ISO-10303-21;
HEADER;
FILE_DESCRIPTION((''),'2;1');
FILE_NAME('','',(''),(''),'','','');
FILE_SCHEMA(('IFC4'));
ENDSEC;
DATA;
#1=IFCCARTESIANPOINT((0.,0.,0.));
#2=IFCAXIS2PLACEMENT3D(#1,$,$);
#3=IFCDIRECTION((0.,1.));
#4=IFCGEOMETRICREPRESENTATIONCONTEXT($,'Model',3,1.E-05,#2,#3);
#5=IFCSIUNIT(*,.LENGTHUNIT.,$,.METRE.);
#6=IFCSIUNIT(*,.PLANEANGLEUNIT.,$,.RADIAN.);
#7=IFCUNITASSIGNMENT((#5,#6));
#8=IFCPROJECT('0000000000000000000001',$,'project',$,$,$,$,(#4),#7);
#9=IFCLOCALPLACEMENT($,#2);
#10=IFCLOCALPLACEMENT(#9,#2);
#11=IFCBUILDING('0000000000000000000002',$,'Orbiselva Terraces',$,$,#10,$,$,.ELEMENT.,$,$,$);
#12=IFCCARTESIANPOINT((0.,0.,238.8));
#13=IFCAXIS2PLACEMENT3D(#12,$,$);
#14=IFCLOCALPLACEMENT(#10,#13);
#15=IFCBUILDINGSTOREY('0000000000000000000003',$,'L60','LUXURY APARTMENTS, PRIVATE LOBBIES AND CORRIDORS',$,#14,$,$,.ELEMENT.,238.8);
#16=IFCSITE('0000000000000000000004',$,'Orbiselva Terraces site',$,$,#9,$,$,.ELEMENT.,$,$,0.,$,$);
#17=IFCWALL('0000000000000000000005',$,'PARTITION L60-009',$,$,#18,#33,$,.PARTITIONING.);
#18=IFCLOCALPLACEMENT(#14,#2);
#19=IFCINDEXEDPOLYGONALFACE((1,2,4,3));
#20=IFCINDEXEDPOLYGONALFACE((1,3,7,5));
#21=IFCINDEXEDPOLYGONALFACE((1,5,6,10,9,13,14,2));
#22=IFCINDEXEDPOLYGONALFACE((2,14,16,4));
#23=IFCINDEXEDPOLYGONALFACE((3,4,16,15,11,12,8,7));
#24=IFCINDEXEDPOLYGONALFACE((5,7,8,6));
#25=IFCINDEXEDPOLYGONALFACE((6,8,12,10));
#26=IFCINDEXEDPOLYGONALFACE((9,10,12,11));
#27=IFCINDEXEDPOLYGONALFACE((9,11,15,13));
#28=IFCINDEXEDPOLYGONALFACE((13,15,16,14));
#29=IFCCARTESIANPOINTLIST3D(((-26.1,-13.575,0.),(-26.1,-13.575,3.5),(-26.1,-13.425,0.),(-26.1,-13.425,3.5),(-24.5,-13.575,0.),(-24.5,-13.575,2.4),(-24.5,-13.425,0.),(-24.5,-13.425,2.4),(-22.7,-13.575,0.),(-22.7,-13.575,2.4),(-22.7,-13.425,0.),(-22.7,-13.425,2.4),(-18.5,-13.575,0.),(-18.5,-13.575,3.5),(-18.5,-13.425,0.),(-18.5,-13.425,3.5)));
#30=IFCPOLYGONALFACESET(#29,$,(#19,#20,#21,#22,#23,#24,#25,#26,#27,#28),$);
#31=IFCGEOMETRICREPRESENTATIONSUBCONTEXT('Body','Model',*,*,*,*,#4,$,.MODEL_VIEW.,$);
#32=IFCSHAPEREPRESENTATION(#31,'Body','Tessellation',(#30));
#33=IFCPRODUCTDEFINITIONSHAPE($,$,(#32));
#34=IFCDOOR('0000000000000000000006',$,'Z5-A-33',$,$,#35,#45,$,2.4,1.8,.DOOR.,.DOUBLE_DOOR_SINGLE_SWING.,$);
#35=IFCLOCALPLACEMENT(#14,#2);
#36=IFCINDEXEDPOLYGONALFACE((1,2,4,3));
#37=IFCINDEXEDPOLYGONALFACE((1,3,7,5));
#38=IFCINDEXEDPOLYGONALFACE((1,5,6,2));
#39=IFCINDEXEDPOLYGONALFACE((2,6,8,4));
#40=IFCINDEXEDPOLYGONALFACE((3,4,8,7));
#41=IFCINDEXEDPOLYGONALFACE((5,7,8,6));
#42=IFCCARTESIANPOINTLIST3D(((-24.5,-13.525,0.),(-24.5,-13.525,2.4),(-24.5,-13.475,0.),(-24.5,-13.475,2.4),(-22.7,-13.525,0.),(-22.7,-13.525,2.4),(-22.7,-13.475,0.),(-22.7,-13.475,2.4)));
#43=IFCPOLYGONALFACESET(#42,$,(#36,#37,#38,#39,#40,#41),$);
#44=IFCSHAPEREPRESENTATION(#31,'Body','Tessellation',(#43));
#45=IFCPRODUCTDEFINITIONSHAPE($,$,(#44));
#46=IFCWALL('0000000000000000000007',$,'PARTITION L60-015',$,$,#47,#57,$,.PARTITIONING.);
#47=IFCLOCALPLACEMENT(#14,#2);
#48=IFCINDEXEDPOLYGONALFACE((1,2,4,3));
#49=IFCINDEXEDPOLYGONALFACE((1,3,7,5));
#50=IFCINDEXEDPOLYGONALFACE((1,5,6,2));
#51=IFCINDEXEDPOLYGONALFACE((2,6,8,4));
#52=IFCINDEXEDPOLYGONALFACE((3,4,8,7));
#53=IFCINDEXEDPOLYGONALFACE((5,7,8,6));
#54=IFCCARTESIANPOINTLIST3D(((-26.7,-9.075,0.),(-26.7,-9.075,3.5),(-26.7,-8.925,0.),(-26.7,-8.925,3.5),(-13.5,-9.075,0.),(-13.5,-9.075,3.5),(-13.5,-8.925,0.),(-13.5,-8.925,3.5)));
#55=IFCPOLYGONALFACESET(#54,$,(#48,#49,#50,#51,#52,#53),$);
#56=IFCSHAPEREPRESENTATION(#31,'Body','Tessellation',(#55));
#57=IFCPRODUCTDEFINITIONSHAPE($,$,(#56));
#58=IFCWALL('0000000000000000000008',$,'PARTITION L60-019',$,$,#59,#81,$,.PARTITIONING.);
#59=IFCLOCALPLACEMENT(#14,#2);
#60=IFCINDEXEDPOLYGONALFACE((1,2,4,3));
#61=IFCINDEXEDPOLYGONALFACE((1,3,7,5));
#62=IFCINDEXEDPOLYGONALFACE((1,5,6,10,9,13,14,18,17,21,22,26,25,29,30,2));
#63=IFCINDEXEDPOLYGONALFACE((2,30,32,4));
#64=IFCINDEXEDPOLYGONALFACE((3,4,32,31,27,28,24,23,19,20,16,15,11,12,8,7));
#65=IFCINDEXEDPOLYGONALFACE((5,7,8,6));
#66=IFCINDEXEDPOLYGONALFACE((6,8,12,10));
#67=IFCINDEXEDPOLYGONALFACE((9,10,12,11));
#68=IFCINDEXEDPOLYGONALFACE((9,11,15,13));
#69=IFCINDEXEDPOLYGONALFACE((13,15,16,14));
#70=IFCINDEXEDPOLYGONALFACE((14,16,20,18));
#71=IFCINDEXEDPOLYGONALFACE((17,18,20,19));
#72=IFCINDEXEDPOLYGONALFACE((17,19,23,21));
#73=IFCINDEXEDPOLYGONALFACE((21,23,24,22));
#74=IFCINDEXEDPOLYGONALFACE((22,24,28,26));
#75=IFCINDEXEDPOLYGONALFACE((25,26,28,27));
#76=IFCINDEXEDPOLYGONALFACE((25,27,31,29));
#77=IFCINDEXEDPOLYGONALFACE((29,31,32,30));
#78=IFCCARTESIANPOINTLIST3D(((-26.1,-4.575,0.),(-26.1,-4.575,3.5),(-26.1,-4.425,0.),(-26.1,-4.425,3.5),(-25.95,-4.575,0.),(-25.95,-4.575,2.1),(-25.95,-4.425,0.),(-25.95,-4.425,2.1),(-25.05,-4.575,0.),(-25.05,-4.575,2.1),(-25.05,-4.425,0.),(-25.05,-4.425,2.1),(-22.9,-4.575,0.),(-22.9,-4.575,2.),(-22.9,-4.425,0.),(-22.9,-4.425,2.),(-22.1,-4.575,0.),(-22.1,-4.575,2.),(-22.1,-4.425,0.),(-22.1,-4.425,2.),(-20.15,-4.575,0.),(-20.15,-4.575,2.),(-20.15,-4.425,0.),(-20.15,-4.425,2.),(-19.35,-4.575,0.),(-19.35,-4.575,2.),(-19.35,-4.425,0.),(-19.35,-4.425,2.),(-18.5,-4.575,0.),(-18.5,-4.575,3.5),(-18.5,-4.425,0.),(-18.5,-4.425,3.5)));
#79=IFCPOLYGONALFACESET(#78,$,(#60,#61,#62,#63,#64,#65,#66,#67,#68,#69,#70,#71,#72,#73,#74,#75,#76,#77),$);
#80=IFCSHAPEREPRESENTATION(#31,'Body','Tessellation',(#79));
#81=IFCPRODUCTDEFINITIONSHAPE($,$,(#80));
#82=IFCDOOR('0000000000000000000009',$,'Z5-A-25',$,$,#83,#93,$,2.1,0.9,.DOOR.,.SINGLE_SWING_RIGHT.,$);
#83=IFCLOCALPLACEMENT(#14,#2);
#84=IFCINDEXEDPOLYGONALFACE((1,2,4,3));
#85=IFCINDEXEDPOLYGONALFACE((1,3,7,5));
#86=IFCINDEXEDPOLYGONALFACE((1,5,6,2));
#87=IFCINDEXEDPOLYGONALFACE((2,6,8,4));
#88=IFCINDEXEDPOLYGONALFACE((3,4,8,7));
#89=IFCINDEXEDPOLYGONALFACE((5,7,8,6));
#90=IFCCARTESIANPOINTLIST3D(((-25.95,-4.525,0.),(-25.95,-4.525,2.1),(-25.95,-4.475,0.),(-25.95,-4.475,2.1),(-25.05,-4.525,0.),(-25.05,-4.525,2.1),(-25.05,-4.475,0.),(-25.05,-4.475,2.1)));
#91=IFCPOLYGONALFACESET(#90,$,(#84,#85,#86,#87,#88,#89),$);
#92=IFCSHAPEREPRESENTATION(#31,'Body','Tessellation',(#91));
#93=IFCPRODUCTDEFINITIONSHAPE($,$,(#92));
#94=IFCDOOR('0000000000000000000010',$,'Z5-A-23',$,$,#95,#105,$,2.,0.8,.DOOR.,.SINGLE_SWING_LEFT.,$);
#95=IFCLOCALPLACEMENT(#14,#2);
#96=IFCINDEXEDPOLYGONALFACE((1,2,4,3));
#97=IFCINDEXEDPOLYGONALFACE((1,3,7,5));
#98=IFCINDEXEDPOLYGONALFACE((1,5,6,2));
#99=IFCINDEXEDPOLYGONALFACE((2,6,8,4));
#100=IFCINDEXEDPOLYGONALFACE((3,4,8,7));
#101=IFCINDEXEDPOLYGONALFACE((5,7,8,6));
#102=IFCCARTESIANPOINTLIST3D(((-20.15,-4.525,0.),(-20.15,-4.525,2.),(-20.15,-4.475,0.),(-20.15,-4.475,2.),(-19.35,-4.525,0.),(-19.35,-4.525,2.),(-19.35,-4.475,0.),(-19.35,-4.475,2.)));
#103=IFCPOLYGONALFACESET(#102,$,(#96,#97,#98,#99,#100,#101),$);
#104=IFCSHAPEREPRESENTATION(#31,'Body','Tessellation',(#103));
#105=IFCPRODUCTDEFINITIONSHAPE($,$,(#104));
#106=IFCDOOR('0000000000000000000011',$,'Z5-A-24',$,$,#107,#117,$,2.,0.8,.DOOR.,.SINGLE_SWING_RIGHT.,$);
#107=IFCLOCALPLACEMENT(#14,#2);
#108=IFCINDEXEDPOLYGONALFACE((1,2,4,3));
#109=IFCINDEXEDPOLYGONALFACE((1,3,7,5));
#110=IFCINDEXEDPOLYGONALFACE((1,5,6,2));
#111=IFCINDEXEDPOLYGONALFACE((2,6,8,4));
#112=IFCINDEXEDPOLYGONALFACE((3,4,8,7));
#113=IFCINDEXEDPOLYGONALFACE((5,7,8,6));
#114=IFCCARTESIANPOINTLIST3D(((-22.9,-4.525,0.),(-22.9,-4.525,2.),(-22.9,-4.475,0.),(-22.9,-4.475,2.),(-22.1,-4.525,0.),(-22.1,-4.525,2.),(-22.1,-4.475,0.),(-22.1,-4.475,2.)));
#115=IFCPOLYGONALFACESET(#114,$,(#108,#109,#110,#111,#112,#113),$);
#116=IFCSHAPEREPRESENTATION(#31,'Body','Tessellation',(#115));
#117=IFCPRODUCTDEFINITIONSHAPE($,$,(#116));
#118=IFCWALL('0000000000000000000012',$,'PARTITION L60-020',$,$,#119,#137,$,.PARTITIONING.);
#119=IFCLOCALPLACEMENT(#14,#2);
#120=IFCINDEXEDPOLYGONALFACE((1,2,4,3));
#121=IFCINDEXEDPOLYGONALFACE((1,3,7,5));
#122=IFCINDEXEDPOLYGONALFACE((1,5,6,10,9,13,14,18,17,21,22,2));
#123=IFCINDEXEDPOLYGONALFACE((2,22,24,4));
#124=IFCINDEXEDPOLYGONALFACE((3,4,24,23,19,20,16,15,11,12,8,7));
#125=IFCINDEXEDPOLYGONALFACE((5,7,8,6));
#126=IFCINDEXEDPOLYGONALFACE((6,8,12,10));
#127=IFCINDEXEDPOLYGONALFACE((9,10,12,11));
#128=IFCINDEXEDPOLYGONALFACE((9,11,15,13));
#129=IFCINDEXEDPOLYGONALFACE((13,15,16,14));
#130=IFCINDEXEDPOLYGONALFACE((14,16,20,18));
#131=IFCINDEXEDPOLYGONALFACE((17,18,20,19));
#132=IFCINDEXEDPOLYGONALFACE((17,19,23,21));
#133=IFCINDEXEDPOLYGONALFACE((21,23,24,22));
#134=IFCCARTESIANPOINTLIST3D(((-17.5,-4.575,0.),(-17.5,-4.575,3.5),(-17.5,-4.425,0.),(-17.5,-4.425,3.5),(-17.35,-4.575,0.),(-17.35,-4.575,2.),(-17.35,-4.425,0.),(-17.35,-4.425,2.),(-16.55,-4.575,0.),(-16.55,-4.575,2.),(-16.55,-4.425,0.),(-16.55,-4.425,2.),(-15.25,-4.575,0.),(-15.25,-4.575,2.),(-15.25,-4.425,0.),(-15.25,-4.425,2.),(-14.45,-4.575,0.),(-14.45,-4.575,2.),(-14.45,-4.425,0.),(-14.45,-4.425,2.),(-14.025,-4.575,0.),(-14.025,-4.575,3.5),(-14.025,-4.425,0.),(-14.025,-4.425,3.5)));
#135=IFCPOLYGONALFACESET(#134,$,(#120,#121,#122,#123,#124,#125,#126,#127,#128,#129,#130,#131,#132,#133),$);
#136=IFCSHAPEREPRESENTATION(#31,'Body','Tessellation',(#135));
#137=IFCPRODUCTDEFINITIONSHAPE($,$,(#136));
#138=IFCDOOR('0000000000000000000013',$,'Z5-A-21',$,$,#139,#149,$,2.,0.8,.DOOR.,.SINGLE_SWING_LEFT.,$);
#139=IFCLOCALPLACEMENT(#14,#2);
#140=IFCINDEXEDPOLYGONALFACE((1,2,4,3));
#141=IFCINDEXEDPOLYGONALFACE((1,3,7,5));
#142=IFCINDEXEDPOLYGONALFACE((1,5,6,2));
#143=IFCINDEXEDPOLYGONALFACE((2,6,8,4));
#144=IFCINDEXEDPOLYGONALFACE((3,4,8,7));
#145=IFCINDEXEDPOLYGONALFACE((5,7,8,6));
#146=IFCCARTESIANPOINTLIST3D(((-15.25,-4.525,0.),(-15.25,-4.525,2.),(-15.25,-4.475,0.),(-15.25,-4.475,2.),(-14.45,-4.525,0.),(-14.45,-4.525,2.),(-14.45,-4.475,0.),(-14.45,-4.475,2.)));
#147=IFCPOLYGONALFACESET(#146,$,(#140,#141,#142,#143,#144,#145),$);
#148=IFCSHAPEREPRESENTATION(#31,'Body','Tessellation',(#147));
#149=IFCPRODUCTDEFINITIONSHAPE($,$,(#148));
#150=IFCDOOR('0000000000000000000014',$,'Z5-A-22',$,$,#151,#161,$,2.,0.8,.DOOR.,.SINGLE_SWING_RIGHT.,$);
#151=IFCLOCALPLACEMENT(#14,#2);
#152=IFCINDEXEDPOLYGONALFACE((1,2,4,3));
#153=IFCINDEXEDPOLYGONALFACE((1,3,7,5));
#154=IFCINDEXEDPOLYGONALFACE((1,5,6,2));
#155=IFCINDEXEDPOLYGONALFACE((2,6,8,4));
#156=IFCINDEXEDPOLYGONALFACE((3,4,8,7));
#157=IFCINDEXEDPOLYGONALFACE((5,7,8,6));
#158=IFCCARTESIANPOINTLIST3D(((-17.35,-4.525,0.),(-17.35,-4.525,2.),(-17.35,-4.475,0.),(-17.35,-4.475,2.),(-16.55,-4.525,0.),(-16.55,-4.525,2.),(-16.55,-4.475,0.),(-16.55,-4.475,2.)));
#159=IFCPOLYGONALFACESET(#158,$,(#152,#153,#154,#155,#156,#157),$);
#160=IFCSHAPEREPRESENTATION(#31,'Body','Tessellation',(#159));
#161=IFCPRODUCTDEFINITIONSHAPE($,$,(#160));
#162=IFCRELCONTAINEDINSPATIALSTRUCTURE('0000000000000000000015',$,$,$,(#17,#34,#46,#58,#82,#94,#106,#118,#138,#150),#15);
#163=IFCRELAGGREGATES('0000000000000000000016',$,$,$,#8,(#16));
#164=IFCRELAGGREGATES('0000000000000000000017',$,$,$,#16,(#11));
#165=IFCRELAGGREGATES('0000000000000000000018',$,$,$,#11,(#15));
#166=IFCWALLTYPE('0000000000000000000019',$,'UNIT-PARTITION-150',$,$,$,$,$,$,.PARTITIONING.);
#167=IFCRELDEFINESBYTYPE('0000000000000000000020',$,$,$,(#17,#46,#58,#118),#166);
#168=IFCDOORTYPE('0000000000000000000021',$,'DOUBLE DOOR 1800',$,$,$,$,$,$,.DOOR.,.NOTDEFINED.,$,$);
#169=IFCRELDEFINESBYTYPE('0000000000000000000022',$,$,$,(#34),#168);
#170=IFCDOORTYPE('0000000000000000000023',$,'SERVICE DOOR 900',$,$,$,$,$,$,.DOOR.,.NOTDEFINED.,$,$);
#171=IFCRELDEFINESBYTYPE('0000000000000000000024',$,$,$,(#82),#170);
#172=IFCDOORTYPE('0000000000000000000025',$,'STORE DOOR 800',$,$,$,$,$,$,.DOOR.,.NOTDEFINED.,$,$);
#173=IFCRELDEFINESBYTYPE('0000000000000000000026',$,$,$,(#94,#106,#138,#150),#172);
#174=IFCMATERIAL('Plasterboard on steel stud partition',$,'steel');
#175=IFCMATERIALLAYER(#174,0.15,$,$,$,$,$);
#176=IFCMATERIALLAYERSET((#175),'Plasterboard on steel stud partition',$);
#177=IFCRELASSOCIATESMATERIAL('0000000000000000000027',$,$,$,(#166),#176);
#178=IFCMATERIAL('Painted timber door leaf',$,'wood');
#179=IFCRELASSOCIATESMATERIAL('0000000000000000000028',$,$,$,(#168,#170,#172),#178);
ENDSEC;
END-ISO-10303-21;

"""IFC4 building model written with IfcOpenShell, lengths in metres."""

from ifc_helpers import new_model, si_unit, direction, frame, frame_2d, origin, place, context, subcontext, project, spatial, rectangle, extrude, material, layer, layer_set, type_object, element, fill, save


model = new_model("IFC4")

# Units and contexts
model_context = context("Model", 3, precision=1e-05, world=origin(), true_north=direction((0.0, 1.0)))
body_context = subcontext(model_context, "Body", "Model", "MODEL_VIEW")
ifc_project = project(units=[si_unit("LENGTHUNIT", "METRE"), si_unit("PLANEANGLEUNIT", "RADIAN")], contexts=[model_context])

# Site, building, storey
site_placement = place(None, origin())
site = spatial("IfcSite", under=ifc_project, at=site_placement, Name="Orbiselva Terraces site", CompositionType="ELEMENT", RefElevation=0.0)
building_placement = place(site_placement, origin())
building = spatial("IfcBuilding", under=site, at=building_placement, Name="Orbiselva Terraces", CompositionType="ELEMENT")
storey_placement = place(building_placement, frame((0.0, 0.0, 238.8)))
storey = spatial("IfcBuildingStorey", under=building, at=storey_placement, Name="L60", Description="LUXURY APARTMENTS, PRIVATE LOBBIES AND CORRIDORS", CompositionType="ELEMENT", Elevation=238.8)

# Shared definitions
ifc_material_1 = material(Name="Plasterboard on steel stud partition", Category="steel")

# Wall, opening, door
ifc_layer_1 = layer(ifc_material_1, 0.15)
ifc_layer_set_1 = layer_set([ifc_layer_1], Name="Plasterboard on steel stud partition")
wall_type_1 = type_object("IfcWallType", Name="UNIT-PARTITION-150", PredefinedType="PARTITIONING", material=ifc_layer_set_1)
wall_1_placement = place(storey_placement, frame((-18.5, -13.5, 0.0), z_axis=(0.0, 0.0, 1.0), x_axis=(-1.0, 0.0, 0.0)))
wall_1 = element("IfcWall", 1, at=wall_1_placement, inside=storey, type_object=wall_type_1, Name="PARTITION L60-009", PredefinedType="PARTITIONING", context=body_context, shape_type="SweptSolid", body=[
    extrude(rectangle(XDim=7.6, YDim=0.15, at=frame_2d((3.8, 0.0))), origin(), (0.0, 0.0, 1.0), 3.5),
])
opening_1_placement = place(wall_1_placement, frame((4.2, 0.0, 0.0)))
opening_1 = element("IfcOpeningElement", 2, at=opening_1_placement, cuts=wall_1, PredefinedType="OPENING", context=body_context, shape_type="SweptSolid", body=[
    extrude(rectangle(XDim=1.8, YDim=2.4, at=frame_2d((0.9, 1.2))), frame((0.0, 0.085, 0.0), z_axis=(0.0, -1.0, 0.0), x_axis=(1.0, 0.0, 0.0)), (0.0, 0.0, 1.0), 0.17),
])
ifc_material_2 = material(Name="Painted timber door leaf", Category="wood")
door_type_1 = type_object("IfcDoorType", Name="DOUBLE DOOR 1800", OperationType="NOTDEFINED", PredefinedType="DOOR", material=ifc_material_2)
door_1_placement = place(opening_1_placement, origin())
door_1 = element("IfcDoor", 3, at=door_1_placement, inside=storey, type_object=door_type_1, Name="Z5-A-33", OperationType="DOUBLE_DOOR_SINGLE_SWING", OverallHeight=2.4, OverallWidth=1.8, PredefinedType="DOOR", context=body_context, shape_type="SweptSolid", body=[
    extrude(rectangle(XDim=1.8, YDim=2.4, at=frame_2d((0.9, 1.2))), frame((0.0, 0.025, 0.0), z_axis=(0.0, -1.0, 0.0), x_axis=(1.0, 0.0, 0.0)), (0.0, 0.0, 1.0), 0.05),
])
fill(opening_1, door_1)

# Wall
wall_2_placement = place(storey_placement, frame((-26.7, -9.0, 0.0), z_axis=(0.0, 0.0, 1.0), x_axis=(1.0, 0.0, 0.0)))
element("IfcWall", 4, at=wall_2_placement, inside=storey, type_object=wall_type_1, Name="PARTITION L60-015", PredefinedType="PARTITIONING", context=body_context, shape_type="SweptSolid", body=[
    extrude(rectangle(XDim=13.2, YDim=0.15, at=frame_2d((6.6, 0.0))), origin(), (0.0, 0.0, 1.0), 3.5),
])

# Walls, openings, doors
wall_3_placement = place(storey_placement, frame((-18.5, -4.5, 0.0), z_axis=(0.0, 0.0, 1.0), x_axis=(-1.0, 0.0, 0.0)))
wall_3 = element("IfcWall", 5, at=wall_3_placement, inside=storey, type_object=wall_type_1, Name="PARTITION L60-019", PredefinedType="PARTITIONING", context=body_context, shape_type="SweptSolid", body=[
    extrude(rectangle(XDim=7.6, YDim=0.15, at=frame_2d((3.8, 0.0))), origin(), (0.0, 0.0, 1.0), 3.5),
])
opening_2_placement = place(wall_3_placement, frame((0.85, 0.0, 0.0)))
opening_2 = element("IfcOpeningElement", 6, at=opening_2_placement, cuts=wall_3, PredefinedType="OPENING", context=body_context, shape_type="SweptSolid", body=[
    extrude(rectangle(XDim=0.8, YDim=2.0, at=frame_2d((0.4, 1.0))), frame((0.0, 0.085, 0.0), z_axis=(0.0, -1.0, 0.0), x_axis=(1.0, 0.0, 0.0)), (0.0, 0.0, 1.0), 0.17),
])
opening_3_placement = place(wall_3_placement, frame((3.6, 0.0, 0.0)))
opening_3 = element("IfcOpeningElement", 7, at=opening_3_placement, cuts=wall_3, PredefinedType="OPENING", context=body_context, shape_type="SweptSolid", body=[
    extrude(rectangle(XDim=0.8, YDim=2.0, at=frame_2d((0.4, 1.0))), frame((0.0, 0.085, 0.0), z_axis=(0.0, -1.0, 0.0), x_axis=(1.0, 0.0, 0.0)), (0.0, 0.0, 1.0), 0.17),
])
opening_4_placement = place(wall_3_placement, frame((6.55, 0.0, 0.0)))
opening_4 = element("IfcOpeningElement", 8, at=opening_4_placement, cuts=wall_3, PredefinedType="OPENING", context=body_context, shape_type="SweptSolid", body=[
    extrude(rectangle(XDim=0.9, YDim=2.1, at=frame_2d((0.45, 1.05))), frame((0.0, 0.085, 0.0), z_axis=(0.0, -1.0, 0.0), x_axis=(1.0, 0.0, 0.0)), (0.0, 0.0, 1.0), 0.17),
])
door_type_2 = type_object("IfcDoorType", Name="SERVICE DOOR 900", OperationType="NOTDEFINED", PredefinedType="DOOR", material=ifc_material_2)
door_2_placement = place(opening_4_placement, origin())
door_2 = element("IfcDoor", 9, at=door_2_placement, inside=storey, type_object=door_type_2, Name="Z5-A-25", OperationType="SINGLE_SWING_RIGHT", OverallHeight=2.1, OverallWidth=0.9, PredefinedType="DOOR", context=body_context, shape_type="SweptSolid", body=[
    extrude(rectangle(XDim=0.9, YDim=2.1, at=frame_2d((0.45, 1.05))), frame((0.0, 0.025, 0.0), z_axis=(0.0, -1.0, 0.0), x_axis=(1.0, 0.0, 0.0)), (0.0, 0.0, 1.0), 0.05),
])
fill(opening_4, door_2)
door_type_3 = type_object("IfcDoorType", Name="STORE DOOR 800", OperationType="NOTDEFINED", PredefinedType="DOOR", material=ifc_material_2)
door_3_placement = place(opening_2_placement, origin())
door_3 = element("IfcDoor", 10, at=door_3_placement, inside=storey, type_object=door_type_3, Name="Z5-A-23", OperationType="SINGLE_SWING_LEFT", OverallHeight=2.0, OverallWidth=0.8, PredefinedType="DOOR", context=body_context, shape_type="SweptSolid", body=[
    extrude(rectangle(XDim=0.8, YDim=2.0, at=frame_2d((0.4, 1.0))), frame((0.0, 0.025, 0.0), z_axis=(0.0, -1.0, 0.0), x_axis=(1.0, 0.0, 0.0)), (0.0, 0.0, 1.0), 0.05),
])
fill(opening_2, door_3)
door_4_placement = place(opening_3_placement, origin())
door_4 = element("IfcDoor", 11, at=door_4_placement, inside=storey, type_object=door_type_3, Name="Z5-A-24", OperationType="SINGLE_SWING_RIGHT", OverallHeight=2.0, OverallWidth=0.8, PredefinedType="DOOR", context=body_context, shape_type="SweptSolid", body=[
    extrude(rectangle(XDim=0.8, YDim=2.0, at=frame_2d((0.4, 1.0))), frame((0.0, 0.025, 0.0), z_axis=(0.0, -1.0, 0.0), x_axis=(1.0, 0.0, 0.0)), (0.0, 0.0, 1.0), 0.05),
])
fill(opening_3, door_4)
wall_4_placement = place(storey_placement, frame((-14.025, -4.5, 0.0), z_axis=(0.0, 0.0, 1.0), x_axis=(-1.0, 0.0, 0.0)))
wall_4 = element("IfcWall", 12, at=wall_4_placement, inside=storey, type_object=wall_type_1, Name="PARTITION L60-020", PredefinedType="PARTITIONING", context=body_context, shape_type="SweptSolid", body=[
    extrude(rectangle(XDim=3.475, YDim=0.15, at=frame_2d((1.7375, 0.0))), origin(), (0.0, 0.0, 1.0), 3.5),
])
opening_5_placement = place(wall_4_placement, frame((0.425, 0.0, 0.0)))
opening_5 = element("IfcOpeningElement", 13, at=opening_5_placement, cuts=wall_4, PredefinedType="OPENING", context=body_context, shape_type="SweptSolid", body=[
    extrude(rectangle(XDim=0.8, YDim=2.0, at=frame_2d((0.4, 1.0))), frame((0.0, 0.085, 0.0), z_axis=(0.0, -1.0, 0.0), x_axis=(1.0, 0.0, 0.0)), (0.0, 0.0, 1.0), 0.17),
])
opening_6_placement = place(wall_4_placement, frame((2.525, 0.0, 0.0)))
opening_6 = element("IfcOpeningElement", 14, at=opening_6_placement, cuts=wall_4, PredefinedType="OPENING", context=body_context, shape_type="SweptSolid", body=[
    extrude(rectangle(XDim=0.8, YDim=2.0, at=frame_2d((0.4, 1.0))), frame((0.0, 0.085, 0.0), z_axis=(0.0, -1.0, 0.0), x_axis=(1.0, 0.0, 0.0)), (0.0, 0.0, 1.0), 0.17),
])
door_5_placement = place(opening_5_placement, origin())
door_5 = element("IfcDoor", 15, at=door_5_placement, inside=storey, type_object=door_type_3, Name="Z5-A-21", OperationType="SINGLE_SWING_LEFT", OverallHeight=2.0, OverallWidth=0.8, PredefinedType="DOOR", context=body_context, shape_type="SweptSolid", body=[
    extrude(rectangle(XDim=0.8, YDim=2.0, at=frame_2d((0.4, 1.0))), frame((0.0, 0.025, 0.0), z_axis=(0.0, -1.0, 0.0), x_axis=(1.0, 0.0, 0.0)), (0.0, 0.0, 1.0), 0.05),
])
fill(opening_5, door_5)
door_6_placement = place(opening_6_placement, origin())
door_6 = element("IfcDoor", 16, at=door_6_placement, inside=storey, type_object=door_type_3, Name="Z5-A-22", OperationType="SINGLE_SWING_RIGHT", OverallHeight=2.0, OverallWidth=0.8, PredefinedType="DOOR", context=body_context, shape_type="SweptSolid", body=[
    extrude(rectangle(XDim=0.8, YDim=2.0, at=frame_2d((0.4, 1.0))), frame((0.0, 0.025, 0.0), z_axis=(0.0, -1.0, 0.0), x_axis=(1.0, 0.0, 0.0)), (0.0, 0.0, 1.0), 0.05),
])
fill(opening_6, door_6)

save(model, "model.ifc")
